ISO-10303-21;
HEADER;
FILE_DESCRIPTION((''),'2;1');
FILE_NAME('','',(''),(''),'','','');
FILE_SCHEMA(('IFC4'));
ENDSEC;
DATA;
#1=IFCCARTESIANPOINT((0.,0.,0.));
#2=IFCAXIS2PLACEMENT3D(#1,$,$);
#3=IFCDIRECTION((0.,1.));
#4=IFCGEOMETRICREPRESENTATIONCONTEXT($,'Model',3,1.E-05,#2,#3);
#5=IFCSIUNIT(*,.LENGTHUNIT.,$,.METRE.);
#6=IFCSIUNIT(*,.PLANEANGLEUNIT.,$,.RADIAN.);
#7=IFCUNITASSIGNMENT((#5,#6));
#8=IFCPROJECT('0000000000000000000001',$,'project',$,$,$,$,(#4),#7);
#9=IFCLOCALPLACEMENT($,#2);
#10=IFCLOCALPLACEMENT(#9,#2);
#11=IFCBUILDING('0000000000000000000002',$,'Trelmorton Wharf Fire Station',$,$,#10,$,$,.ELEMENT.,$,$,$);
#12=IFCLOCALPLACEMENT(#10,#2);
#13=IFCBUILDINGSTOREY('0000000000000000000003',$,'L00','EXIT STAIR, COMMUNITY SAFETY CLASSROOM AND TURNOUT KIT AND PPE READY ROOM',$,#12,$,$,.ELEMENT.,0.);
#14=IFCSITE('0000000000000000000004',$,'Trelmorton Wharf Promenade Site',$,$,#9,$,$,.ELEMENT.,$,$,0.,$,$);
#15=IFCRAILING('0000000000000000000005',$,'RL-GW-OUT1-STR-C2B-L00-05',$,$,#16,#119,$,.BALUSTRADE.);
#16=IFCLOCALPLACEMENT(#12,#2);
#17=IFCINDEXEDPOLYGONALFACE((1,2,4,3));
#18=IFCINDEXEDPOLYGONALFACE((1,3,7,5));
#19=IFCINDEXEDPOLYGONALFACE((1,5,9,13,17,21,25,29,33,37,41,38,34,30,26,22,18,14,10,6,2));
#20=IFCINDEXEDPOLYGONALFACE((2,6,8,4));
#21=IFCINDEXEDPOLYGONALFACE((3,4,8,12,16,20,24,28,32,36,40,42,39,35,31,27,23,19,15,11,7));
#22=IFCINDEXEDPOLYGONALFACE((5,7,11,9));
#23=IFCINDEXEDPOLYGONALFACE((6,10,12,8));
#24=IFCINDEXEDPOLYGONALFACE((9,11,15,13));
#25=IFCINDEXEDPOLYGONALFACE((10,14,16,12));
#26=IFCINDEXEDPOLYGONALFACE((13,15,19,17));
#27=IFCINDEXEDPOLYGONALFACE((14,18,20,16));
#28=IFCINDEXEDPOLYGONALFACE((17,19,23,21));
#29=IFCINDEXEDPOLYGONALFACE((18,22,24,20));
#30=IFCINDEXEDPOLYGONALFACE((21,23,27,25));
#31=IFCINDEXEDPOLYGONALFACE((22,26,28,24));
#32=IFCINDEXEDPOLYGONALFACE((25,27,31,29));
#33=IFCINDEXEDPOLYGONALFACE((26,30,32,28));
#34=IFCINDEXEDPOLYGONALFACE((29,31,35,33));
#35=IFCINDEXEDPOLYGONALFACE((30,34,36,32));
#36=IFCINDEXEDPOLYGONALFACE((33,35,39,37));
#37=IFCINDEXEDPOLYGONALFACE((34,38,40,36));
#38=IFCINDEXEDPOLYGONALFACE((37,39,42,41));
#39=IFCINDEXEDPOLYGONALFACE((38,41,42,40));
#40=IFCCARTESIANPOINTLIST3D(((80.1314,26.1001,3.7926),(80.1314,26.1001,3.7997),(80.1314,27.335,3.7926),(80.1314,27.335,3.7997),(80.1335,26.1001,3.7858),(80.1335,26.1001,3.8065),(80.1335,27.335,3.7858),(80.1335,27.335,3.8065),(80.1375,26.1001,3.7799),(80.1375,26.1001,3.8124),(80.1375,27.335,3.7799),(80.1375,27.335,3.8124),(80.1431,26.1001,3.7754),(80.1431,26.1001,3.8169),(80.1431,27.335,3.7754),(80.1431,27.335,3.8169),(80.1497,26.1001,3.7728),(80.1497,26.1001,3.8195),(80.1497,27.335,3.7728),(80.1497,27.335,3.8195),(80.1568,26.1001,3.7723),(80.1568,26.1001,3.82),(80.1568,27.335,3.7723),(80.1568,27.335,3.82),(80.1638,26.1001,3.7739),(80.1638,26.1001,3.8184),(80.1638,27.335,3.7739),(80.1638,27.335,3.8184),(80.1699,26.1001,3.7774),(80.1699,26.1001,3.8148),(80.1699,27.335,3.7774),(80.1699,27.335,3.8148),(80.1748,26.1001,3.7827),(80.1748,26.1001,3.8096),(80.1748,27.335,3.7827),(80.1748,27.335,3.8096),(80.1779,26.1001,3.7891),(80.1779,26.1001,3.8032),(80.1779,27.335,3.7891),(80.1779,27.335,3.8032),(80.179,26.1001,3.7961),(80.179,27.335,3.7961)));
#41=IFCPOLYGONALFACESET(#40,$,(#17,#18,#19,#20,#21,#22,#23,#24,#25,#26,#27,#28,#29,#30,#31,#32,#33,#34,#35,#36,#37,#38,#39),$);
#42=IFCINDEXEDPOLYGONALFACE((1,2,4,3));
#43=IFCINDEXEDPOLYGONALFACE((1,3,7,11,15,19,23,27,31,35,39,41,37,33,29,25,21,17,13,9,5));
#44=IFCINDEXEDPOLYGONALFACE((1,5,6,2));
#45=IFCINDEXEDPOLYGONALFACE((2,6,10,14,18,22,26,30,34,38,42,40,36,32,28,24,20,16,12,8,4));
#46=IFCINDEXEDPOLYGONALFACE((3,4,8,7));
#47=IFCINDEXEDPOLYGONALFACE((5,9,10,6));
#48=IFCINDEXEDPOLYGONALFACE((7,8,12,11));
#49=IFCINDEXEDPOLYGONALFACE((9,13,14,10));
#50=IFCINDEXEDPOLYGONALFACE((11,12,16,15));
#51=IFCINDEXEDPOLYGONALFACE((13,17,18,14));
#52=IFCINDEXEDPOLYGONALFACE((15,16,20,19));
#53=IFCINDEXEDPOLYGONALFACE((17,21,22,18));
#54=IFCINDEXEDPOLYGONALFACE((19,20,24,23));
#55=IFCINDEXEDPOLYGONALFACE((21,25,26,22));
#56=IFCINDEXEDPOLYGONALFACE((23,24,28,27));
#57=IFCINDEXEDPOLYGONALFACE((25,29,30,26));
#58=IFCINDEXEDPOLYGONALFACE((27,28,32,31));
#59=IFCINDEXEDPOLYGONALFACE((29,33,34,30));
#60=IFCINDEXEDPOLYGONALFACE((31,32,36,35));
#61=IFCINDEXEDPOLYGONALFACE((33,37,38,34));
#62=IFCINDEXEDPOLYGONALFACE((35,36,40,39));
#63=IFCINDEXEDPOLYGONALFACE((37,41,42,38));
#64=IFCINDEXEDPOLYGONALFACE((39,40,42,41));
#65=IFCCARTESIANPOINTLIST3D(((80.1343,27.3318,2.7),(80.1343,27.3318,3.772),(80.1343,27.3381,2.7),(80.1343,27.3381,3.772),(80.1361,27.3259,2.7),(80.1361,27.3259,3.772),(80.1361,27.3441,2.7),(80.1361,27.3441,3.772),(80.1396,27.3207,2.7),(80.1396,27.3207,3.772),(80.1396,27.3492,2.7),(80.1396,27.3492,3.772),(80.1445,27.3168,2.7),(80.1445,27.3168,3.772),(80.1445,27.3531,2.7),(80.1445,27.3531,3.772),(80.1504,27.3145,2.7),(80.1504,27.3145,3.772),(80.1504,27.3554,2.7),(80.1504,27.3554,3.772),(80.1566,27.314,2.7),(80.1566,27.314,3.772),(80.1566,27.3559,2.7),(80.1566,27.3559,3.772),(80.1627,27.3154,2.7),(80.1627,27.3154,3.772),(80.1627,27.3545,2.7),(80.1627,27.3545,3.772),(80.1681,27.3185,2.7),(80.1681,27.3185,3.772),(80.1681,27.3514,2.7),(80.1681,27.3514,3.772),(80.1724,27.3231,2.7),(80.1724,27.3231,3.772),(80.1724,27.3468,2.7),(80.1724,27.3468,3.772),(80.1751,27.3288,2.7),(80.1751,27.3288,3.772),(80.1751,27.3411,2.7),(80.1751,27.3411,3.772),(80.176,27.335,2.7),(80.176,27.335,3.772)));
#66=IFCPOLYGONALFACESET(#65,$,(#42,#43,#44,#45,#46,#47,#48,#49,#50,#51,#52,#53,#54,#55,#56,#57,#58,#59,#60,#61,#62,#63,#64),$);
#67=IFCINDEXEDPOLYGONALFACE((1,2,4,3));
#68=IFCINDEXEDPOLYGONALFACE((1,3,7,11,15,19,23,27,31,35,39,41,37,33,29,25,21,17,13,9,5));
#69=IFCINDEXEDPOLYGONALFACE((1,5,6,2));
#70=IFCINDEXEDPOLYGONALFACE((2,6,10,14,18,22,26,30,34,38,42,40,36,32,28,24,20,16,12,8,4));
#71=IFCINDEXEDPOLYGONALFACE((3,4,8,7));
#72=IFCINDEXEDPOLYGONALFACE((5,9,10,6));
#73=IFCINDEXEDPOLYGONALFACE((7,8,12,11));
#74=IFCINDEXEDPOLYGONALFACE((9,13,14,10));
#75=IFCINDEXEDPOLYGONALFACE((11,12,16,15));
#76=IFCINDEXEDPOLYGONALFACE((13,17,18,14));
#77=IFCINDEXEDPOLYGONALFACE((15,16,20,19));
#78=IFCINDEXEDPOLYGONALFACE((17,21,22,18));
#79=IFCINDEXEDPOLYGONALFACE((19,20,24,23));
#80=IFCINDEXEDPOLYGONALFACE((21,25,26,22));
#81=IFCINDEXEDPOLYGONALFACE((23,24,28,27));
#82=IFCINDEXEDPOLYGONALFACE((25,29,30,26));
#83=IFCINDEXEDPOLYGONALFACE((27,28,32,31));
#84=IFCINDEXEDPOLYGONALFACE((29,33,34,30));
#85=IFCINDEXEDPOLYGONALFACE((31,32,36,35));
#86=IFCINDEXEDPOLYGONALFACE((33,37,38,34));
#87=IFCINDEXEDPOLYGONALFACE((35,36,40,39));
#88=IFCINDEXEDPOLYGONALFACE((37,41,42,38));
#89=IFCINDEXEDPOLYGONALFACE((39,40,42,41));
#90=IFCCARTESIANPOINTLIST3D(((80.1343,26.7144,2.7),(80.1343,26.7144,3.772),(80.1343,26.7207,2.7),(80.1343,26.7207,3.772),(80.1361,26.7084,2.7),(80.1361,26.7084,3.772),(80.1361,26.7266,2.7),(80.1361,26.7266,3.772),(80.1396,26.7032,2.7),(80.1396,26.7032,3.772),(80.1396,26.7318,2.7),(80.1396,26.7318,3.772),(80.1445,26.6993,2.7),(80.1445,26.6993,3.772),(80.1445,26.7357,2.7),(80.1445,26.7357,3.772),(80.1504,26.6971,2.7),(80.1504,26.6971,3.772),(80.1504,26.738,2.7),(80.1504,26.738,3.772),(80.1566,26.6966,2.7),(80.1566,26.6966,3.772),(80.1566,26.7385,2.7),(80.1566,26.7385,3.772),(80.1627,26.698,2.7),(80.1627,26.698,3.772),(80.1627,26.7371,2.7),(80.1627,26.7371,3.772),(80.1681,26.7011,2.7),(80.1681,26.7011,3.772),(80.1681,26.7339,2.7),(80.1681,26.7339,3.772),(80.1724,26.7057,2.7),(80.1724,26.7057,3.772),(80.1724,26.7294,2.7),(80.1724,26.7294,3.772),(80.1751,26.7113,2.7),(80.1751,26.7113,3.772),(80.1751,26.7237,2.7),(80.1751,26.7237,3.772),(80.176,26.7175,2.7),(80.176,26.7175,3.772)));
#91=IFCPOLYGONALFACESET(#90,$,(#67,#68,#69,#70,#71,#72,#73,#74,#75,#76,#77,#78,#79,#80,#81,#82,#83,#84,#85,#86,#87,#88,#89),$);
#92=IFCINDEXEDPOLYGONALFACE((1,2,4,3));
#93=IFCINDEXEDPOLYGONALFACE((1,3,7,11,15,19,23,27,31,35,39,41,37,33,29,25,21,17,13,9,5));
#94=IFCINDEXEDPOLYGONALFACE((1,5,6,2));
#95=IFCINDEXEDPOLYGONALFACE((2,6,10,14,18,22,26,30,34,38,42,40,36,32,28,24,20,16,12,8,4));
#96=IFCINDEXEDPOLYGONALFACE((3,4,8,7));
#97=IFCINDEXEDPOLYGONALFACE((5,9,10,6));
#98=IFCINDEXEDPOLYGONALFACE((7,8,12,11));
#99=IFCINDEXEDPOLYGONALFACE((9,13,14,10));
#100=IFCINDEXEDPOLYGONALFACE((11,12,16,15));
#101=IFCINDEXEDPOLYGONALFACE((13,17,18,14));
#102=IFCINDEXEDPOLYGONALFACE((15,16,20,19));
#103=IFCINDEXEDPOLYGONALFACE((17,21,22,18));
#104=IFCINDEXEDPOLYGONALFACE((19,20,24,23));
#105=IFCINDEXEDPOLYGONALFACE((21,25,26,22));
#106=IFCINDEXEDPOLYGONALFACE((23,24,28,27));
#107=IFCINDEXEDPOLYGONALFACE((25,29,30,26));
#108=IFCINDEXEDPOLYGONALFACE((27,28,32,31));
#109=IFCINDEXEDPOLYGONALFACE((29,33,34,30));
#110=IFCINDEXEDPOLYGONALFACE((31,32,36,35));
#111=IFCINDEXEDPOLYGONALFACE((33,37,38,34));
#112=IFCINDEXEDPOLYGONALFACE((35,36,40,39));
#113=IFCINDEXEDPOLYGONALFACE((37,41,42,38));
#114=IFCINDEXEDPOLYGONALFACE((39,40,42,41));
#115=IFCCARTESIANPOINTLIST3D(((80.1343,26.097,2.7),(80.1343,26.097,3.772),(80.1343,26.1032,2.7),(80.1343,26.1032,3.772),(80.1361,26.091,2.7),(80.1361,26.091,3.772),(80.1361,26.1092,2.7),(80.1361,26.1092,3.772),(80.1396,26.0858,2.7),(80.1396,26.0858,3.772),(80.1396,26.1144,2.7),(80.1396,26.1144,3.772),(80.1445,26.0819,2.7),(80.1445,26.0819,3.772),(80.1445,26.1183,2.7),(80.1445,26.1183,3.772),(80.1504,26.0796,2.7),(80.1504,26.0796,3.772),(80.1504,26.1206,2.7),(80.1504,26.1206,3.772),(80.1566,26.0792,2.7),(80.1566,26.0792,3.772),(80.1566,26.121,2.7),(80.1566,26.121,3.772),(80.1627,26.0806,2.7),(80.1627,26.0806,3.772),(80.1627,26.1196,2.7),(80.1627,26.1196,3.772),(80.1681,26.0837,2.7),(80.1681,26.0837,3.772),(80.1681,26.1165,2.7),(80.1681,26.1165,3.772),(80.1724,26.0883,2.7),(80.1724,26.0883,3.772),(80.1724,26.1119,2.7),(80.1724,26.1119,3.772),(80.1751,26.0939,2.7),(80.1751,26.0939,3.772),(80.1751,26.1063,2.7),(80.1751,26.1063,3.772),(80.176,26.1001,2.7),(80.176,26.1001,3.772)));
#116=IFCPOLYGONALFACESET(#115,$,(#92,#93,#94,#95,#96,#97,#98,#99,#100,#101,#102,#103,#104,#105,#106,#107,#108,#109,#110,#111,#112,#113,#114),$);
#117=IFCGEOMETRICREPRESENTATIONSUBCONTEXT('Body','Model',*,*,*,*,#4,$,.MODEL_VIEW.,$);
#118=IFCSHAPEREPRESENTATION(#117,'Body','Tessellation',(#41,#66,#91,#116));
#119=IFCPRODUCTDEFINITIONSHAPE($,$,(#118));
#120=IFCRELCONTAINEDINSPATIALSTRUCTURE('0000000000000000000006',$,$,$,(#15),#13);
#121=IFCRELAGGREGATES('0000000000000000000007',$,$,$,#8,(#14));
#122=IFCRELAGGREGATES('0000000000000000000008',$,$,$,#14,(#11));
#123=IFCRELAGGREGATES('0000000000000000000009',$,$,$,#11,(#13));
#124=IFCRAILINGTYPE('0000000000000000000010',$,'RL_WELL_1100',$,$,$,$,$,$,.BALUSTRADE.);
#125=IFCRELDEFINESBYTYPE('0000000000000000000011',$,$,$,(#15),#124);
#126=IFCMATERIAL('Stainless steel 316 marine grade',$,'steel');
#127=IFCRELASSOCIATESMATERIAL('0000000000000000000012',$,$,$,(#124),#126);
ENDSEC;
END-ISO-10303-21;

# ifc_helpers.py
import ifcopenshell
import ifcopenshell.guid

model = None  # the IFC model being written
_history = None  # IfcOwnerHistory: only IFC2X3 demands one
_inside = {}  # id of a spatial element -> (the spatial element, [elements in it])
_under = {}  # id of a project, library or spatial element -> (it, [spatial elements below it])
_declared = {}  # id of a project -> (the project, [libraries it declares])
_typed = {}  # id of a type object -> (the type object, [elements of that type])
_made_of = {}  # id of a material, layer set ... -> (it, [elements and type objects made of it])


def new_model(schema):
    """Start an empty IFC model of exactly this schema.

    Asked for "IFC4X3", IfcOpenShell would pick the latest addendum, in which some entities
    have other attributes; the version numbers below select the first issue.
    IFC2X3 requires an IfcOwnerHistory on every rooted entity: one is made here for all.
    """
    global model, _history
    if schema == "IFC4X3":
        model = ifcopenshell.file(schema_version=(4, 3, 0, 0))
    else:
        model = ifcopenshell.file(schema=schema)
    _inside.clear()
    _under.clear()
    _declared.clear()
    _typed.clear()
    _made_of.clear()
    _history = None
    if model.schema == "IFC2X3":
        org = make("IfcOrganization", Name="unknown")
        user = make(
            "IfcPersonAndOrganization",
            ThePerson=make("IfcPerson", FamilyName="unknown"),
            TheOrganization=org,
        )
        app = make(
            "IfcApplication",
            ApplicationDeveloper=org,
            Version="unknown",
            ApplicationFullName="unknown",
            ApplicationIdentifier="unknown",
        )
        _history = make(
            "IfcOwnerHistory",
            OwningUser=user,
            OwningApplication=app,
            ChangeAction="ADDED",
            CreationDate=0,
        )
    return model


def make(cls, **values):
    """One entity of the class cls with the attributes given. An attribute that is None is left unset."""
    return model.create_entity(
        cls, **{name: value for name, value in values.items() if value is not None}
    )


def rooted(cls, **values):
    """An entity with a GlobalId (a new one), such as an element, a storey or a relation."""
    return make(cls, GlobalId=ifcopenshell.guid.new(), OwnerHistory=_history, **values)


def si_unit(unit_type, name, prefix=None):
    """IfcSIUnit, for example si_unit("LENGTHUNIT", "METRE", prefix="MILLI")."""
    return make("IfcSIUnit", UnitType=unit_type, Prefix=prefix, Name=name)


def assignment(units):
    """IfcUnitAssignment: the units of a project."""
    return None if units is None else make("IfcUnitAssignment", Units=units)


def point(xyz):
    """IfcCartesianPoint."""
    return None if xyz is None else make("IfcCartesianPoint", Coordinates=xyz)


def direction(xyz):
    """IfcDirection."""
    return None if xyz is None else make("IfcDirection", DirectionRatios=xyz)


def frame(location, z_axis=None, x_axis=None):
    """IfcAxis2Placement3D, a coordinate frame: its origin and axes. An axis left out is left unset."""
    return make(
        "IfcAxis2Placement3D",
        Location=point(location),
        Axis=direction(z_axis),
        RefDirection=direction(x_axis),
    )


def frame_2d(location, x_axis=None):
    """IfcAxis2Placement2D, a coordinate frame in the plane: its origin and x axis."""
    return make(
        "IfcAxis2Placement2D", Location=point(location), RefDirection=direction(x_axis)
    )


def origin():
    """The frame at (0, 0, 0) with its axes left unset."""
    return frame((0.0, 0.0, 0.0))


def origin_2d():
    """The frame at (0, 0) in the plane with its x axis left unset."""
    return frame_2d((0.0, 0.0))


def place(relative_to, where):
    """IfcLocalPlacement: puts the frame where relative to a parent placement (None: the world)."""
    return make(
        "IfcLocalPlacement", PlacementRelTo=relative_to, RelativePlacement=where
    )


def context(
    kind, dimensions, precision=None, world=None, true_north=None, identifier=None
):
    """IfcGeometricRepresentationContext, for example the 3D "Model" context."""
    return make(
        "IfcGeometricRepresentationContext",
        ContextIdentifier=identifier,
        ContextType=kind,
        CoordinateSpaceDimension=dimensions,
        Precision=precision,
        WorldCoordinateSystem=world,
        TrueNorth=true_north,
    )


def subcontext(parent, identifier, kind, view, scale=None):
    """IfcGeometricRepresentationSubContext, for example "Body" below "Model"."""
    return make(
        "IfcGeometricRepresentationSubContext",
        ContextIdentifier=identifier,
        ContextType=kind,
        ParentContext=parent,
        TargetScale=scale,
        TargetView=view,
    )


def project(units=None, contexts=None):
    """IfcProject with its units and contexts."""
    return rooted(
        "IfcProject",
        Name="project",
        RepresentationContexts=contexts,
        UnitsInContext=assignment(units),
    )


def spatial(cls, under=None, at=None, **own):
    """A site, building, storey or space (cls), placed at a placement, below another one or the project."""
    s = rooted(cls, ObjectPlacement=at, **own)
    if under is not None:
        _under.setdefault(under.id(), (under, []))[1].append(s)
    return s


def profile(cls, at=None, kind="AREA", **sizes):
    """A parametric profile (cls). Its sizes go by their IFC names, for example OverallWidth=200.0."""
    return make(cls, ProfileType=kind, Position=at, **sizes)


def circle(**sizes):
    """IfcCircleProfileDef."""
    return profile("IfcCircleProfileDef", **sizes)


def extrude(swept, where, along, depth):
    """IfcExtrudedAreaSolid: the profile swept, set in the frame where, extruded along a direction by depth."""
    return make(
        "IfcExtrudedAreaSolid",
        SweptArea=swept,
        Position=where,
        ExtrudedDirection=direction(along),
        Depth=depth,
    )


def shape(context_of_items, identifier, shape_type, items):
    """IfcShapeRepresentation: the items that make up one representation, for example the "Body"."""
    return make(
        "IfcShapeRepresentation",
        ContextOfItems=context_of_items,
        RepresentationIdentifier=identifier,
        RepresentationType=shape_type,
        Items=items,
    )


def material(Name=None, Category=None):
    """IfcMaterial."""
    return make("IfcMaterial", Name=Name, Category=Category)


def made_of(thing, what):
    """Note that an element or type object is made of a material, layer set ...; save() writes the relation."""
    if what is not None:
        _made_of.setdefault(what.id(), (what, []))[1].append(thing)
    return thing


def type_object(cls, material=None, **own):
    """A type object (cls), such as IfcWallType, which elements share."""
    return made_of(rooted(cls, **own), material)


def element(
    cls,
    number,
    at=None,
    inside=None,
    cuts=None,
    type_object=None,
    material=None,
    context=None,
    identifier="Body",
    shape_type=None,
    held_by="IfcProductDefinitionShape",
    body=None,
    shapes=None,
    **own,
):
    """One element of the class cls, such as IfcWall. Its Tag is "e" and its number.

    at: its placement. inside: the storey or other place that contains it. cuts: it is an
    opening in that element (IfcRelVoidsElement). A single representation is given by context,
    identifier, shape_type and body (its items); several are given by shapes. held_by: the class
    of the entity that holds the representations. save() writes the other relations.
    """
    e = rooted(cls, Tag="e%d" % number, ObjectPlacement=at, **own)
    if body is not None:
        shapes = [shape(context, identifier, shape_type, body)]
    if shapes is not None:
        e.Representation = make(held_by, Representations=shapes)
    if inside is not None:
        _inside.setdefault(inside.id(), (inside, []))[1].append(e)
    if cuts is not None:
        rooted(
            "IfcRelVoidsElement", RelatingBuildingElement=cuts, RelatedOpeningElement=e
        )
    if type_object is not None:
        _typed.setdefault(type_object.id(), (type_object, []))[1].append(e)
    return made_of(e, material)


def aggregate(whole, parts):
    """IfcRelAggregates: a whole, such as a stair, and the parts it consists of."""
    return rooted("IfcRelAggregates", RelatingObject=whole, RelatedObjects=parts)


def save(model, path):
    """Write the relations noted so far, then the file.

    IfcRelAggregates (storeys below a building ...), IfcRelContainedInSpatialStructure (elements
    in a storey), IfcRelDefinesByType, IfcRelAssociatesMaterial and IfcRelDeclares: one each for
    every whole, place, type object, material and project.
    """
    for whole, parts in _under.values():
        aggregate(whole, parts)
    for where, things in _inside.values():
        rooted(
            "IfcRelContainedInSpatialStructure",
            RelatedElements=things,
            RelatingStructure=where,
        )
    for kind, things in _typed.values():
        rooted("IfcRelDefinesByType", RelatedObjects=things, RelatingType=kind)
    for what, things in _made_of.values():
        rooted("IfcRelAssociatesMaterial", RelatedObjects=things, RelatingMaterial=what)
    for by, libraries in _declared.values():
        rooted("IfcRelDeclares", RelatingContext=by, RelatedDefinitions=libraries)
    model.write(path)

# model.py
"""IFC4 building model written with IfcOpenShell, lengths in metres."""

from ifc_helpers import new_model, si_unit, direction, frame, origin, origin_2d, place, context, subcontext, project, spatial, circle, extrude, material, type_object, element, save


model = new_model("IFC4")

# Units and contexts
model_context = context("Model", 3, precision=1e-05, world=origin(), true_north=direction((0.0, 1.0)))
body_context = subcontext(model_context, "Body", "Model", "MODEL_VIEW")
ifc_project = project(units=[si_unit("LENGTHUNIT", "METRE"), si_unit("PLANEANGLEUNIT", "RADIAN")], contexts=[model_context])

# Site, building, storey
site_placement = place(None, origin())
site = spatial("IfcSite", under=ifc_project, at=site_placement, Name="Trelmorton Wharf Promenade Site", CompositionType="ELEMENT", RefElevation=0.0)
building_placement = place(site_placement, origin())
building = spatial("IfcBuilding", under=site, at=building_placement, Name="Trelmorton Wharf Fire Station", CompositionType="ELEMENT")
storey_placement = place(building_placement, origin())
storey = spatial("IfcBuildingStorey", under=building, at=storey_placement, Name="L00", Description="EXIT STAIR, COMMUNITY SAFETY CLASSROOM AND TURNOUT KIT AND PPE READY ROOM", CompositionType="ELEMENT", Elevation=0.0)

# Shared definitions
ifc_material_1 = material(Name="Stainless steel 316 marine grade", Category="steel")

# Railing
railing_type_1 = type_object("IfcRailingType", Name="RL_WELL_1100", PredefinedType="BALUSTRADE", material=ifc_material_1)
railing_1_placement = place(storey_placement, frame((80.155, 27.335, 2.7)))
element("IfcRailing", 1, at=railing_1_placement, inside=storey, type_object=railing_type_1, Name="RL-GW-OUT1-STR-C2B-L00-05", PredefinedType="BALUSTRADE", context=body_context, shape_type="SweptSolid", body=[
    extrude(circle(Radius=0.0239, at=origin_2d()), frame((0.0, 0.0, 1.0962), z_axis=(0.0, -1.0, 0.0), x_axis=(1.0, 0.0, 0.0)), (0.0, 0.0, 1.0), 1.2349),
    extrude(circle(Radius=0.021, at=origin_2d()), origin(), (0.0, 0.0, 1.0), 1.072),
    extrude(circle(Radius=0.021, at=origin_2d()), frame((0.0, -0.6174, 0.0)), (0.0, 0.0, 1.0), 1.072),
    extrude(circle(Radius=0.021, at=origin_2d()), frame((0.0, -1.2349, 0.0)), (0.0, 0.0, 1.0), 1.072),
])

save(model, "model.ifc")
